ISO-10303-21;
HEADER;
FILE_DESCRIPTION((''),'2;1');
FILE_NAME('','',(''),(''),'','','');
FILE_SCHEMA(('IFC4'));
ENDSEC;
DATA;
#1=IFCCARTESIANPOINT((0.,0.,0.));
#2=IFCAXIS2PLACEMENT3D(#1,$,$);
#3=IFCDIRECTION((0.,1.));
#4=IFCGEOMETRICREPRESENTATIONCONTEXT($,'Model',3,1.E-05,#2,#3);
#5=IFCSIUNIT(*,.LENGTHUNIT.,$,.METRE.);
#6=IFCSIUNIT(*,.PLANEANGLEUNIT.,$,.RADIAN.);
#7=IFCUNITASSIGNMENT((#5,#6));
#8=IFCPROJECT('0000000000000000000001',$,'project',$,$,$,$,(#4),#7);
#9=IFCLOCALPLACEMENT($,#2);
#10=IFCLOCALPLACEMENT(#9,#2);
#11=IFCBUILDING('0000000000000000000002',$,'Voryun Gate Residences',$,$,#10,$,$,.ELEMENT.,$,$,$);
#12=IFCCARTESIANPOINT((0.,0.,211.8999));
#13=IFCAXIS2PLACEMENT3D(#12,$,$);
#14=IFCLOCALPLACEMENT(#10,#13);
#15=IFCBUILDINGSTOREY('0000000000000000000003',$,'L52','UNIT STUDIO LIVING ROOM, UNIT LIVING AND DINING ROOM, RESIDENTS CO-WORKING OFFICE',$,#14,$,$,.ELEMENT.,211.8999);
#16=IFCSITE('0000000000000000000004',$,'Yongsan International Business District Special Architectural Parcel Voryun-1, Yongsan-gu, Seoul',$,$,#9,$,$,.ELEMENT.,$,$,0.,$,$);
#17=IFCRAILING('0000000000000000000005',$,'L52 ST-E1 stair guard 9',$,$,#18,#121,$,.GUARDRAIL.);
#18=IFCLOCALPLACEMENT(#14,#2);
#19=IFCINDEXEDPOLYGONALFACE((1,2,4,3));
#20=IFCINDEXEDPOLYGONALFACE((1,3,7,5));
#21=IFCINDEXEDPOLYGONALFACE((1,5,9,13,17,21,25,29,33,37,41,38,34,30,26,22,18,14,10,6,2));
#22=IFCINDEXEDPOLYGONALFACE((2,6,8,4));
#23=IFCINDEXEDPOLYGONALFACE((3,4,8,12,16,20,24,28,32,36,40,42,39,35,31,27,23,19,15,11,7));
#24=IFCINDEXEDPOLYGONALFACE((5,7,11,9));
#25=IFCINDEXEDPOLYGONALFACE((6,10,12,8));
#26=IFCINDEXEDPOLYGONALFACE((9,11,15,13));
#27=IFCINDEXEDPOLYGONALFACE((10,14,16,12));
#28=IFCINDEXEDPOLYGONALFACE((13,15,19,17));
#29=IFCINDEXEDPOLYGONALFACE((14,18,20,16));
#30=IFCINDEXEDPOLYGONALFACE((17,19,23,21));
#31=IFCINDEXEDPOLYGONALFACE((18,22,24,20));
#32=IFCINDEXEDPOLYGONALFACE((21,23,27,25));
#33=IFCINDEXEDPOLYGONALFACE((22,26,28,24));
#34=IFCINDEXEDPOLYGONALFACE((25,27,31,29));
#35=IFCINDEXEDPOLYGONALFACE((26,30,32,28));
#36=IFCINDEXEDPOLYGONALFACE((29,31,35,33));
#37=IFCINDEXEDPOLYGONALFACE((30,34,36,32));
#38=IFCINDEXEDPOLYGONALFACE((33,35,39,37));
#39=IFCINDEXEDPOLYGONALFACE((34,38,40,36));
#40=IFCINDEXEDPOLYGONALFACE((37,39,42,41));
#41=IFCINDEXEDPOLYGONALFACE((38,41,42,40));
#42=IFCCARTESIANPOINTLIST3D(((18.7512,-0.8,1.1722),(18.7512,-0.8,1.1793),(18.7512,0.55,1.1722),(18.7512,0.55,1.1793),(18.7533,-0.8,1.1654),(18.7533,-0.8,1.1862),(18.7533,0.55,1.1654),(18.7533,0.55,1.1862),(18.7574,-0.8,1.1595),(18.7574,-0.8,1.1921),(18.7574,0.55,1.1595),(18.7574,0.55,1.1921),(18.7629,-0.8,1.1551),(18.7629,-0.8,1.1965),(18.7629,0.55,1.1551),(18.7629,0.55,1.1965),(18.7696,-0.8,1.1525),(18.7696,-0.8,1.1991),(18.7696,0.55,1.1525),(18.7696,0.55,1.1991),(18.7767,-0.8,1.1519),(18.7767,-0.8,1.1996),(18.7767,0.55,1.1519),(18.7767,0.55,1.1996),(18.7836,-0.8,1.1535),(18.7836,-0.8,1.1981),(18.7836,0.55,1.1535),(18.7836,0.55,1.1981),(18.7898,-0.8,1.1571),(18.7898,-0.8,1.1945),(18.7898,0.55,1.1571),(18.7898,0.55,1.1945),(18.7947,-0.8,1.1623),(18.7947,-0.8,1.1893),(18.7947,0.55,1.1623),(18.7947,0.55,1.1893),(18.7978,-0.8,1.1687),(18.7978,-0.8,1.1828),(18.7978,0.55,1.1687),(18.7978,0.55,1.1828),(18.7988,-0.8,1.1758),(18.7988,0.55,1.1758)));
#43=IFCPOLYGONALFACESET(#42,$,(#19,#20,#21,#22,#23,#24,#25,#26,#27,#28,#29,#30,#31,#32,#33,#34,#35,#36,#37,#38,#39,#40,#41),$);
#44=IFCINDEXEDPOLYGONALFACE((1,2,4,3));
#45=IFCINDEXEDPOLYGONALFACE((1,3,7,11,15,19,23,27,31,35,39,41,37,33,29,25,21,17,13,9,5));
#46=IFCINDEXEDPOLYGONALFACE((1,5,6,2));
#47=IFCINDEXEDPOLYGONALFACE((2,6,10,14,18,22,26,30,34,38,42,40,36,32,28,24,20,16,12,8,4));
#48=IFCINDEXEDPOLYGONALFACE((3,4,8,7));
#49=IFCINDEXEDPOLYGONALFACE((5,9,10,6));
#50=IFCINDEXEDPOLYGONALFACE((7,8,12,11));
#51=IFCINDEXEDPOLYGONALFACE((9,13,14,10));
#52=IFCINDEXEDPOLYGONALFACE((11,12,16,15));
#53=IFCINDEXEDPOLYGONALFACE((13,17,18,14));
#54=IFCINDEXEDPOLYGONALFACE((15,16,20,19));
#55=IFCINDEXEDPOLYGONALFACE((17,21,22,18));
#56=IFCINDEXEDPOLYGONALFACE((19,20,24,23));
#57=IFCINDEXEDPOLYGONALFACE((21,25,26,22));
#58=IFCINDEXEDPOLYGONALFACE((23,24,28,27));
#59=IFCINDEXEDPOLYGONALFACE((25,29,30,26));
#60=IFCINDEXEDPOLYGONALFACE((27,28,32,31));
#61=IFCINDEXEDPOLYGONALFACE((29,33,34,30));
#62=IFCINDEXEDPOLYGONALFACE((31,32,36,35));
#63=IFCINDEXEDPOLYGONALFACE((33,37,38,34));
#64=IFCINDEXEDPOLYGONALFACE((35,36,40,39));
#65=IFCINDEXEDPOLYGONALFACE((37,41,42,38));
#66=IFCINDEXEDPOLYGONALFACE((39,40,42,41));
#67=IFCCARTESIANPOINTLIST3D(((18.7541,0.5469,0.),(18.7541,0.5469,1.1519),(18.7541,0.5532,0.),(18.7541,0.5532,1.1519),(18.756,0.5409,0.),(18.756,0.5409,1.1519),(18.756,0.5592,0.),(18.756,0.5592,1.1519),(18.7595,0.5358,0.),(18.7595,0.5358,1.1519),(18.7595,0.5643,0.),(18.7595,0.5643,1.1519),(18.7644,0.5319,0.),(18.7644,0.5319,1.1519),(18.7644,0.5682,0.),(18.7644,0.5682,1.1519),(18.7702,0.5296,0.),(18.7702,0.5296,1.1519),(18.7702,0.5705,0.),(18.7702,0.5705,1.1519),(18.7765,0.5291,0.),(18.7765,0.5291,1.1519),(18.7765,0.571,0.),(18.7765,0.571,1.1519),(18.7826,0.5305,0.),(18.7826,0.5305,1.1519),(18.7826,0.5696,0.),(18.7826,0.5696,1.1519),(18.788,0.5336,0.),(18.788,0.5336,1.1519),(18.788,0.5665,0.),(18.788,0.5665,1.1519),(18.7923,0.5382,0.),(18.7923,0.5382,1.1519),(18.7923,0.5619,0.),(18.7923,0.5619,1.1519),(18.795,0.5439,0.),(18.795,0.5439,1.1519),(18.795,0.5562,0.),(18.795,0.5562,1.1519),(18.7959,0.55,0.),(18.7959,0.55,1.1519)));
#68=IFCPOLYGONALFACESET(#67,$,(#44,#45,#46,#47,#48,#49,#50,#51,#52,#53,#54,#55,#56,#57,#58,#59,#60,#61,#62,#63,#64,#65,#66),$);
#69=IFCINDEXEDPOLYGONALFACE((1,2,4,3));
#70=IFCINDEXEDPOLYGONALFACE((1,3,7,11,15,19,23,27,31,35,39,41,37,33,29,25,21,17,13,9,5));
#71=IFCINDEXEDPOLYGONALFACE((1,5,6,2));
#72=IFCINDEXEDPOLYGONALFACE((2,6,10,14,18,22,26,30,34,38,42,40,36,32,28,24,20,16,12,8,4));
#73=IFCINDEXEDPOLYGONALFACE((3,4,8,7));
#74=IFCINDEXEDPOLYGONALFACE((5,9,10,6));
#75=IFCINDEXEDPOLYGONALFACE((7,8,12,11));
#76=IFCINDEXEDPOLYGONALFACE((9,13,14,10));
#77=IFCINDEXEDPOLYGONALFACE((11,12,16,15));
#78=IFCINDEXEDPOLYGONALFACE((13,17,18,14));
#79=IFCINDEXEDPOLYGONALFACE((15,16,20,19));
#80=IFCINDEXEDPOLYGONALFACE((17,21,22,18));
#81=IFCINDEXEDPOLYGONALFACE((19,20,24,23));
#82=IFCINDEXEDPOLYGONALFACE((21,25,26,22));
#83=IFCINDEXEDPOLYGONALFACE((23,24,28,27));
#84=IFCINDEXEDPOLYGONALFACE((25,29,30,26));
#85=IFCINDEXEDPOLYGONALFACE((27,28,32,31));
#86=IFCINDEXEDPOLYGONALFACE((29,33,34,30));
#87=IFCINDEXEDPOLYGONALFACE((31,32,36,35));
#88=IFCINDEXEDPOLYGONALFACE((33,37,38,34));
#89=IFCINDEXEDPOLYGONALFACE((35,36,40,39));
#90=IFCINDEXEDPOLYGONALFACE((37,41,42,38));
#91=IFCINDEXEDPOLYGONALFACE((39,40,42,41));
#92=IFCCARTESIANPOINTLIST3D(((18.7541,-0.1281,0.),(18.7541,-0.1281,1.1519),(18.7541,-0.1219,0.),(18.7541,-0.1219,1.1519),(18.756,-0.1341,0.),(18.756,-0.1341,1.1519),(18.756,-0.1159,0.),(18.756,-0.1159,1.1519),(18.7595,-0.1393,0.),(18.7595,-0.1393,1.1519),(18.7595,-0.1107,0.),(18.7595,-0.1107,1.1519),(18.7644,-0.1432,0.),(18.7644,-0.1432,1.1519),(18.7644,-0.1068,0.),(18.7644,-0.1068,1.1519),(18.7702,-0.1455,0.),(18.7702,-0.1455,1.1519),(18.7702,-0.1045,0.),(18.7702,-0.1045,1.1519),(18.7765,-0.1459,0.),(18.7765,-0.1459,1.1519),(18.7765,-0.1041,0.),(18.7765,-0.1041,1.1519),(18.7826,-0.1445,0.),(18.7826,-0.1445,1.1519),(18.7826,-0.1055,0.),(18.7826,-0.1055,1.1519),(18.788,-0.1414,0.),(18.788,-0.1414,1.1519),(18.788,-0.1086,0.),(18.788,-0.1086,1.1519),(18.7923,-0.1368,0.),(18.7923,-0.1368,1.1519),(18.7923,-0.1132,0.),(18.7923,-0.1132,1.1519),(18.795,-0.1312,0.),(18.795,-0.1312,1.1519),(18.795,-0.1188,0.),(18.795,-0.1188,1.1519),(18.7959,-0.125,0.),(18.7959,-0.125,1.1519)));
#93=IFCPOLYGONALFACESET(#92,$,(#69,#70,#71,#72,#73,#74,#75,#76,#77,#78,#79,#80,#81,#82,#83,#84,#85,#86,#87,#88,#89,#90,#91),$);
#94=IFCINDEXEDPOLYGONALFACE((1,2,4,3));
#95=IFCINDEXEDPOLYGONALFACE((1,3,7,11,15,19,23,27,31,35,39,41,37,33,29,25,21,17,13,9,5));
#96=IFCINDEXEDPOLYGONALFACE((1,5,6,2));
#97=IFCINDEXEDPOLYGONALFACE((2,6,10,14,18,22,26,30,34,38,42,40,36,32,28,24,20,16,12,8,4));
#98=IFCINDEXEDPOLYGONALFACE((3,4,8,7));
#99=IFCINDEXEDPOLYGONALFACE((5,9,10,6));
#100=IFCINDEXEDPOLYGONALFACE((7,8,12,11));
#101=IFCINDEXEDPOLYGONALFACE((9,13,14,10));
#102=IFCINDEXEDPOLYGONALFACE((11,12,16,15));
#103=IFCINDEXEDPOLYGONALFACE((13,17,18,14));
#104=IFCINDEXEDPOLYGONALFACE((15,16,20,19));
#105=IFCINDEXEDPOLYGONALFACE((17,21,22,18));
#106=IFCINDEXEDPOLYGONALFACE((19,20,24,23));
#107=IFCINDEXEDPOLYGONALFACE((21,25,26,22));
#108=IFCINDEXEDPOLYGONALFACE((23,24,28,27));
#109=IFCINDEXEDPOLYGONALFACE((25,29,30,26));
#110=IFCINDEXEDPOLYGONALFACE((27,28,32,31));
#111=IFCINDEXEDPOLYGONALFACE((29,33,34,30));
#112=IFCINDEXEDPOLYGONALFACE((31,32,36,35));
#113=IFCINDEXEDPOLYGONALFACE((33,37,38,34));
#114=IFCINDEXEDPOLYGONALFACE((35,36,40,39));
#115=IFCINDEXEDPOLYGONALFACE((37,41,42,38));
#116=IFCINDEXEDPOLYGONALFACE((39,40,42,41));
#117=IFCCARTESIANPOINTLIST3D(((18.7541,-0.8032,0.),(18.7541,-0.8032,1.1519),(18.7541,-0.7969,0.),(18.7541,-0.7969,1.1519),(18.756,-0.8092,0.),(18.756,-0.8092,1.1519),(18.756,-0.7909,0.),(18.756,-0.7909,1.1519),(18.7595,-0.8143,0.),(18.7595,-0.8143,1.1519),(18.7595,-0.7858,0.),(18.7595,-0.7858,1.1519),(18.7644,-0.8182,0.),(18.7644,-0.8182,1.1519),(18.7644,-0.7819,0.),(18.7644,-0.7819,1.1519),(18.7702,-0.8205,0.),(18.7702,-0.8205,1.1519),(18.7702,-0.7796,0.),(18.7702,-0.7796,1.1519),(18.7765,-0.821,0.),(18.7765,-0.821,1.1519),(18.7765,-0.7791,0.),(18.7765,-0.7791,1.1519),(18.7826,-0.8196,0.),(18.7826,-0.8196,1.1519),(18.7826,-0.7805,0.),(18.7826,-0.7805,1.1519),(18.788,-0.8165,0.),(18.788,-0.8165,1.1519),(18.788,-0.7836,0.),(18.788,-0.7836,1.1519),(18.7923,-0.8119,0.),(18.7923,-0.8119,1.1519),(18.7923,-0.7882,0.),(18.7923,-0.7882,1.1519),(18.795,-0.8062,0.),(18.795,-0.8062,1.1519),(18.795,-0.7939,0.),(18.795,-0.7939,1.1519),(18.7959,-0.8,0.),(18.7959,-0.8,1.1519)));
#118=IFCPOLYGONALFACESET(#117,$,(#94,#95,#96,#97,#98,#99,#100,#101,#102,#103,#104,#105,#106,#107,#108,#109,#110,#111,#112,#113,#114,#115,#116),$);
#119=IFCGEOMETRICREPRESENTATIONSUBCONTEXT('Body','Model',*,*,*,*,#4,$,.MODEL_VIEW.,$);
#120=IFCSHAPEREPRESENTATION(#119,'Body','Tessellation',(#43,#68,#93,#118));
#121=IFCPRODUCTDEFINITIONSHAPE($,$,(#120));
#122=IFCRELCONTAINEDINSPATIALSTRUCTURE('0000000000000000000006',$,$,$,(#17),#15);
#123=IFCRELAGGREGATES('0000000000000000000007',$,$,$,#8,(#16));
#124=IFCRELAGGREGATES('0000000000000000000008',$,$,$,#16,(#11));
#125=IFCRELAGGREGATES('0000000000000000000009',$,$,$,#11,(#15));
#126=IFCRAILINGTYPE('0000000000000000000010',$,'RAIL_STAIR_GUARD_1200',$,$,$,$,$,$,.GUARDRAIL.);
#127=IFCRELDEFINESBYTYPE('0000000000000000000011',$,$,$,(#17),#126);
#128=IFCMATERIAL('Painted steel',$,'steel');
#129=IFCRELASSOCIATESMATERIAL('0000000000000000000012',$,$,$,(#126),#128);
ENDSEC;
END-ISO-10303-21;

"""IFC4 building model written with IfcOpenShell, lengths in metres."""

from ifc_helpers import new_model, si_unit, direction, frame, origin, origin_2d, place, context, subcontext, project, spatial, circle, extrude, material, type_object, element, save


model = new_model("IFC4")

# Units and contexts
model_context = context("Model", 3, precision=1e-05, world=origin(), true_north=direction((0.0, 1.0)))
body_context = subcontext(model_context, "Body", "Model", "MODEL_VIEW")
ifc_project = project(units=[si_unit("LENGTHUNIT", "METRE"), si_unit("PLANEANGLEUNIT", "RADIAN")], contexts=[model_context])

# Site, building, storey
site_placement = place(None, origin())
site = spatial("IfcSite", under=ifc_project, at=site_placement, Name="Yongsan International Business District Special Architectural Parcel Voryun-1, Yongsan-gu, Seoul", CompositionType="ELEMENT", RefElevation=0.0)
building_placement = place(site_placement, origin())
building = spatial("IfcBuilding", under=site, at=building_placement, Name="Voryun Gate Residences", CompositionType="ELEMENT")
storey_placement = place(building_placement, frame((0.0, 0.0, 211.8999)))
storey = spatial("IfcBuildingStorey", under=building, at=storey_placement, Name="L52", Description="UNIT STUDIO LIVING ROOM, UNIT LIVING AND DINING ROOM, RESIDENTS CO-WORKING OFFICE", CompositionType="ELEMENT", Elevation=211.8999)

# Railing
ifc_material_1 = material(Name="Painted steel", Category="steel")
railing_type = type_object("IfcRailingType", Name="RAIL_STAIR_GUARD_1200", PredefinedType="GUARDRAIL", material=ifc_material_1)
railing_placement = place(storey_placement, frame((18.7749, 0.55, 0.0)))
element("IfcRailing", 1, at=railing_placement, inside=storey, type_object=railing_type, Name="L52 ST-E1 stair guard 9", PredefinedType="GUARDRAIL", context=body_context, shape_type="SweptSolid", body=[
    extrude(circle(Radius=0.0239, at=origin_2d()), frame((0.0, 0.0, 1.1758), z_axis=(0.0, -1.0, 0.0), x_axis=(1.0, 0.0, 0.0)), (0.0, 0.0, 1.0), 1.3501),
    extrude(circle(Radius=0.021, at=origin_2d()), origin(), (0.0, 0.0, 1.0), 1.1519),
    extrude(circle(Radius=0.021, at=origin_2d()), frame((0.0, -0.675, 0.0)), (0.0, 0.0, 1.0), 1.1519),
    extrude(circle(Radius=0.021, at=origin_2d()), frame((0.0, -1.3501, 0.0)), (0.0, 0.0, 1.0), 1.1519),
])

save(model, "model.ifc")
